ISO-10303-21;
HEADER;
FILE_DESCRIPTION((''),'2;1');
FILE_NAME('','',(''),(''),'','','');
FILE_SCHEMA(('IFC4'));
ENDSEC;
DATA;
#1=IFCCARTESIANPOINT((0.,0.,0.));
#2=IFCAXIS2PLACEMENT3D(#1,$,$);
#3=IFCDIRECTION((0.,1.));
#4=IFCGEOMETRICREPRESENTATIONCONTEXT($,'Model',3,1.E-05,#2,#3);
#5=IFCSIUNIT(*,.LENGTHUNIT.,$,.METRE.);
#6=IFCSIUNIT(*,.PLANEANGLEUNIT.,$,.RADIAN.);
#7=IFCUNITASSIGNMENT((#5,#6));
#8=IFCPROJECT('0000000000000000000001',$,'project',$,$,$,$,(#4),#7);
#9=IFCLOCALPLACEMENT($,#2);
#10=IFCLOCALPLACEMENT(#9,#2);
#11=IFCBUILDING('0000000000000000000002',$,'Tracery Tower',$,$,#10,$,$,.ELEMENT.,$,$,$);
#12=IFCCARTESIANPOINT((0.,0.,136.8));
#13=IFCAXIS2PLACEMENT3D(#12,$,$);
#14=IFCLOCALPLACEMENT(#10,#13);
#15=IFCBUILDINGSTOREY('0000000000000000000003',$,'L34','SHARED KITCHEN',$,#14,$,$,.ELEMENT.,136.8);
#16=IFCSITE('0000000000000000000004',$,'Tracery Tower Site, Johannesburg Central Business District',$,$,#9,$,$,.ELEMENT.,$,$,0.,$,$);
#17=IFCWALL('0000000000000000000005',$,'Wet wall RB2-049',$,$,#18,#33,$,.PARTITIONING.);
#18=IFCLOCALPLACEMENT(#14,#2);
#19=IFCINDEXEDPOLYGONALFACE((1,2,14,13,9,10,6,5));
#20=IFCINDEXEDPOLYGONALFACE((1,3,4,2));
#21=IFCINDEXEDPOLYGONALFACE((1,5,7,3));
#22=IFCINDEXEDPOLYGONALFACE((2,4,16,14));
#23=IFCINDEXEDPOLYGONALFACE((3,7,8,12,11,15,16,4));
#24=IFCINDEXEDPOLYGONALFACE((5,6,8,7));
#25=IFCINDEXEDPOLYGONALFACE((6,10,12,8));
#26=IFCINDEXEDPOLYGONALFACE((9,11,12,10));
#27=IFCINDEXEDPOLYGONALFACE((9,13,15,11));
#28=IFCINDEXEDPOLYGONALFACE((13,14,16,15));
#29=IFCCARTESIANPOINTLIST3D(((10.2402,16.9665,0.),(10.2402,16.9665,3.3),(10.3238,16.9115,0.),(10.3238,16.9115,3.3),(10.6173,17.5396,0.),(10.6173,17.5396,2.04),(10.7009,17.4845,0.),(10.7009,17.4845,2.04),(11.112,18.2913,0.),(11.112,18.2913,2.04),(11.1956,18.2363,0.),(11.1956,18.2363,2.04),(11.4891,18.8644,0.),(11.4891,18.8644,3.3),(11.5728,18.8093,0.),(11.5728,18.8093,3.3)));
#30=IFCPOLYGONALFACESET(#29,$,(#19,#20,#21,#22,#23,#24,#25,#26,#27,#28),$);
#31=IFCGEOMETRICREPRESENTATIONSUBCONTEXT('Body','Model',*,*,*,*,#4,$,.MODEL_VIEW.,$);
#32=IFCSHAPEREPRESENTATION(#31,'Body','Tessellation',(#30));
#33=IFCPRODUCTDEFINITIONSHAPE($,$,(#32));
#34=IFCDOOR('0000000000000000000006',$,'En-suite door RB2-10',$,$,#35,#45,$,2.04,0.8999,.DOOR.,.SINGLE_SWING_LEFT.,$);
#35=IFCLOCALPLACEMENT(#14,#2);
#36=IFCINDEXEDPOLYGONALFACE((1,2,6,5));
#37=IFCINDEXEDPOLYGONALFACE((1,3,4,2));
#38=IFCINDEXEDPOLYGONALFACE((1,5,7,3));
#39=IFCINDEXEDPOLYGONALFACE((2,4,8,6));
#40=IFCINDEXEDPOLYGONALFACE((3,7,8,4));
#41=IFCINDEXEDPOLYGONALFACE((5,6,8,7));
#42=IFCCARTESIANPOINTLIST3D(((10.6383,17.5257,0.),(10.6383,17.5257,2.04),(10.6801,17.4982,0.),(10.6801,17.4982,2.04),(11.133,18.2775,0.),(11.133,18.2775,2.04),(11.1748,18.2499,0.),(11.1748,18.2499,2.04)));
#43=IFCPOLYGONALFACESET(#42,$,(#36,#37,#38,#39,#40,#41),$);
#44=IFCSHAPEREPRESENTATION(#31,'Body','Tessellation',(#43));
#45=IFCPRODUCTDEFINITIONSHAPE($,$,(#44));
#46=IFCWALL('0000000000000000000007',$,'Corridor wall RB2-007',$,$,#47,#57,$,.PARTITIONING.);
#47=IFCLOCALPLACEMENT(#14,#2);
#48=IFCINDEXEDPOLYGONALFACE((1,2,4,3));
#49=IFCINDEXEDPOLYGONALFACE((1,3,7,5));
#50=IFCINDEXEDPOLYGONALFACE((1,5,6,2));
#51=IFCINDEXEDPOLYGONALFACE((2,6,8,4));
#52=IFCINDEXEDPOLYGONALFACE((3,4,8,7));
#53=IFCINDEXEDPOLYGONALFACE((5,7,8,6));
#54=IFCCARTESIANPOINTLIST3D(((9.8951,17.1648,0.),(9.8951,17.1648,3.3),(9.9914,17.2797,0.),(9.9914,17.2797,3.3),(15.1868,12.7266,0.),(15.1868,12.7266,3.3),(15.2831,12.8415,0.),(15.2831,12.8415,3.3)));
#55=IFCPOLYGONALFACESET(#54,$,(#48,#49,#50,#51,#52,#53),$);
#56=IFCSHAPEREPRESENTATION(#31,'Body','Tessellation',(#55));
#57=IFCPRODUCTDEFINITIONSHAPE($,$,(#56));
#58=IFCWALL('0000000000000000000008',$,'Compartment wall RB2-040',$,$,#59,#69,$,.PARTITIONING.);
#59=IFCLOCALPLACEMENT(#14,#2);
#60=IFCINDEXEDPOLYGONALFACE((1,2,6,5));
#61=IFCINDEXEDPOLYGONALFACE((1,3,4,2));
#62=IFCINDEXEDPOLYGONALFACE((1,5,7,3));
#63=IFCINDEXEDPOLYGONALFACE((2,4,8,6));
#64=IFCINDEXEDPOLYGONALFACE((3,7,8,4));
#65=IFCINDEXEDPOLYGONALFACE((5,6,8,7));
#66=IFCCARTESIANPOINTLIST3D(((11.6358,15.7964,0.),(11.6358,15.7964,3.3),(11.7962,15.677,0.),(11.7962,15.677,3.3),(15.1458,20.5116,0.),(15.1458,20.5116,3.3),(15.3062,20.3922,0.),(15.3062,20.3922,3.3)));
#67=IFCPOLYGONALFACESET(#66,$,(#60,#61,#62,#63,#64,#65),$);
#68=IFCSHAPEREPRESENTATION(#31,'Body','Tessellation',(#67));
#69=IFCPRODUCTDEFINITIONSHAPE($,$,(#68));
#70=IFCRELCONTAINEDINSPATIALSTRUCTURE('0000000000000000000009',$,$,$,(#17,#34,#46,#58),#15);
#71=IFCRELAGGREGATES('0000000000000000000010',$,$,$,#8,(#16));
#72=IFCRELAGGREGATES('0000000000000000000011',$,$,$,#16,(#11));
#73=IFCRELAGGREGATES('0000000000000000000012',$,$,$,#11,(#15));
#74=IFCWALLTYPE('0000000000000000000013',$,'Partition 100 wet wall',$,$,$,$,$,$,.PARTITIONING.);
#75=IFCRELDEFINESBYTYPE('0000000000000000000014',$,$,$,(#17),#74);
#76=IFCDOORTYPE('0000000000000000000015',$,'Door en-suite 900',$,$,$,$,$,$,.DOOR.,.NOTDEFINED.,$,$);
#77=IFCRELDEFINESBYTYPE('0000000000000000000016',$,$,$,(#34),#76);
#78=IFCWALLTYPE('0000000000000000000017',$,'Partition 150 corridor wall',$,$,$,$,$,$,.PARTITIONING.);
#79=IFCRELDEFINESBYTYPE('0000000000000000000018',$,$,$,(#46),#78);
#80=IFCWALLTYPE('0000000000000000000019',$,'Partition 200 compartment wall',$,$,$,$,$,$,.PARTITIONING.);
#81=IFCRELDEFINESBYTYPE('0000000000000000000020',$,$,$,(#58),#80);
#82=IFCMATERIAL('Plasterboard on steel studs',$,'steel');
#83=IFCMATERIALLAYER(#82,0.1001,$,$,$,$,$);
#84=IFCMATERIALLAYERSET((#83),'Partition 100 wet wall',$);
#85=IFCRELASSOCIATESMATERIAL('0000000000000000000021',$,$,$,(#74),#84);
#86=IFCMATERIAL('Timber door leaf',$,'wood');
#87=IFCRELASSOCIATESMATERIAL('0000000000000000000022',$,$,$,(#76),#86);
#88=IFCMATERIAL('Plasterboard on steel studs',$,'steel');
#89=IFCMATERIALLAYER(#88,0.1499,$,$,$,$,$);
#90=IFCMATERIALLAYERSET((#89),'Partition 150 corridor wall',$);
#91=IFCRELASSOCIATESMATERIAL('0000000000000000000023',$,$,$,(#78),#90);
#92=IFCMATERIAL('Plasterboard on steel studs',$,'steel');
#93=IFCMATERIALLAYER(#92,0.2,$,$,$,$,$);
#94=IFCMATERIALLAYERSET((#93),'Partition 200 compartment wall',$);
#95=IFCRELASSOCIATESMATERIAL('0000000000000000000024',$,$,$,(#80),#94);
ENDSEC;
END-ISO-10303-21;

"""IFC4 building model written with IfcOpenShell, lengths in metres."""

from ifc_helpers import new_model, si_unit, direction, frame, frame_2d, origin, place, context, subcontext, project, spatial, rectangle, extrude, material, layer, layer_set, type_object, element, fill, save


model = new_model("IFC4")

# Units and contexts
model_context = context("Model", 3, precision=1e-05, world=origin(), true_north=direction((0.0, 1.0)))
body_context = subcontext(model_context, "Body", "Model", "MODEL_VIEW")
ifc_project = project(units=[si_unit("LENGTHUNIT", "METRE"), si_unit("PLANEANGLEUNIT", "RADIAN")], contexts=[model_context])

# Site, building, storey
site_placement = place(None, origin())
site = spatial("IfcSite", under=ifc_project, at=site_placement, Name="Tracery Tower Site, Johannesburg Central Business District", CompositionType="ELEMENT", RefElevation=0.0)
building_placement = place(site_placement, origin())
building = spatial("IfcBuilding", under=site, at=building_placement, Name="Tracery Tower", CompositionType="ELEMENT")
storey_placement = place(building_placement, frame((0.0, 0.0, 136.8)))
storey = spatial("IfcBuildingStorey", under=building, at=storey_placement, Name="L34", Description="SHARED KITCHEN", CompositionType="ELEMENT", Elevation=136.8)

# Shared definitions
ifc_material_1 = material(Name="Plasterboard on steel studs", Category="steel")
ifc_layer_1 = layer(ifc_material_1, 0.1001)
ifc_layer_set_1 = layer_set([ifc_layer_1], Name="Partition 100 wet wall")
wall_type_1 = type_object("IfcWallType", Name="Partition 100 wet wall", PredefinedType="PARTITIONING", material=ifc_layer_set_1)

# Wall, opening, door
wall_1_placement = place(storey_placement, frame((10.282, 16.939, 0.0), z_axis=(0.0, 0.0, 1.0), x_axis=(0.549731, 0.835342, 0.0)))
wall_1 = element("IfcWall", 1, at=wall_1_placement, inside=storey, type_object=wall_type_1, Name="Wet wall RB2-049", PredefinedType="PARTITIONING", context=body_context, shape_type="SweptSolid", body=[
    extrude(rectangle(XDim=2.272, YDim=0.1001, at=frame_2d((1.136, 0.0))), origin(), (0.0, 0.0, 1.0), 3.3),
])
opening_1_placement = place(wall_1_placement, frame((0.686, 0.0, 0.0)))
opening_1 = element("IfcOpeningElement", 2, at=opening_1_placement, cuts=wall_1, PredefinedType="OPENING", context=body_context, shape_type="SweptSolid", body=[
    extrude(rectangle(XDim=0.8999, YDim=2.04, at=frame_2d((0.45, 1.02))), frame((0.0, 0.05, 0.0), z_axis=(0.0, -1.0, 0.0), x_axis=(1.0, 0.0, 0.0)), (0.0, 0.0, 1.0), 0.1001),
])
ifc_material_2 = material(Name="Timber door leaf", Category="wood")
door_type_1 = type_object("IfcDoorType", Name="Door en-suite 900", OperationType="NOTDEFINED", PredefinedType="DOOR", material=ifc_material_2)
door_1_placement = place(opening_1_placement, origin())
door_1 = element("IfcDoor", 3, at=door_1_placement, inside=storey, type_object=door_type_1, Name="En-suite door RB2-10", OperationType="SINGLE_SWING_LEFT", OverallHeight=2.04, OverallWidth=0.8999, PredefinedType="DOOR", context=body_context, shape_type="SweptSolid", body=[
    extrude(rectangle(XDim=0.8999, YDim=2.04, at=frame_2d((0.45, 1.02))), frame((0.0, 0.0249, 0.0), z_axis=(0.0, -1.0, 0.0), x_axis=(1.0, 0.0, 0.0)), (0.0, 0.0, 1.0), 0.05),
])
fill(opening_1, door_1)

# Walls
ifc_material_3 = material(Name="Plasterboard on steel studs", Category="steel")
ifc_layer_2 = layer(ifc_material_3, 0.1499)
ifc_layer_set_2 = layer_set([ifc_layer_2], Name="Partition 150 corridor wall")
wall_type_2 = type_object("IfcWallType", Name="Partition 150 corridor wall", PredefinedType="PARTITIONING", material=ifc_layer_set_2)
wall_2_placement = place(storey_placement, frame((9.9434, 17.2222, 0.0), z_axis=(0.0, 0.0, 1.0), x_axis=(0.766192, -0.642612, 0.0)))
element("IfcWall", 4, at=wall_2_placement, inside=storey, type_object=wall_type_2, Name="Corridor wall RB2-007", PredefinedType="PARTITIONING", context=body_context, shape_type="SweptSolid", body=[
    extrude(rectangle(XDim=6.9065, YDim=0.1499, at=frame_2d((3.4531, 0.0))), origin(), (0.0, 0.0, 1.0), 3.3),
])
ifc_material_4 = material(Name="Plasterboard on steel studs", Category="steel")
ifc_layer_3 = layer(ifc_material_4, 0.2)
ifc_layer_set_3 = layer_set([ifc_layer_3], Name="Partition 200 compartment wall")
wall_type_3 = type_object("IfcWallType", Name="Partition 200 compartment wall", PredefinedType="PARTITIONING", material=ifc_layer_set_3)
wall_3_placement = place(storey_placement, frame((11.7161, 15.7368, 0.0), z_axis=(0.0, 0.0, 1.0), x_axis=(0.597132, 0.802143, 0.0)))
element("IfcWall", 5, at=wall_3_placement, inside=storey, type_object=wall_type_3, Name="Compartment wall RB2-040", PredefinedType="PARTITIONING", context=body_context, shape_type="SweptSolid", body=[
    extrude(rectangle(XDim=5.8782, YDim=0.2, at=frame_2d((2.939, 0.0))), origin(), (0.0, 0.0, 1.0), 3.3),
])

save(model, "model.ifc")
